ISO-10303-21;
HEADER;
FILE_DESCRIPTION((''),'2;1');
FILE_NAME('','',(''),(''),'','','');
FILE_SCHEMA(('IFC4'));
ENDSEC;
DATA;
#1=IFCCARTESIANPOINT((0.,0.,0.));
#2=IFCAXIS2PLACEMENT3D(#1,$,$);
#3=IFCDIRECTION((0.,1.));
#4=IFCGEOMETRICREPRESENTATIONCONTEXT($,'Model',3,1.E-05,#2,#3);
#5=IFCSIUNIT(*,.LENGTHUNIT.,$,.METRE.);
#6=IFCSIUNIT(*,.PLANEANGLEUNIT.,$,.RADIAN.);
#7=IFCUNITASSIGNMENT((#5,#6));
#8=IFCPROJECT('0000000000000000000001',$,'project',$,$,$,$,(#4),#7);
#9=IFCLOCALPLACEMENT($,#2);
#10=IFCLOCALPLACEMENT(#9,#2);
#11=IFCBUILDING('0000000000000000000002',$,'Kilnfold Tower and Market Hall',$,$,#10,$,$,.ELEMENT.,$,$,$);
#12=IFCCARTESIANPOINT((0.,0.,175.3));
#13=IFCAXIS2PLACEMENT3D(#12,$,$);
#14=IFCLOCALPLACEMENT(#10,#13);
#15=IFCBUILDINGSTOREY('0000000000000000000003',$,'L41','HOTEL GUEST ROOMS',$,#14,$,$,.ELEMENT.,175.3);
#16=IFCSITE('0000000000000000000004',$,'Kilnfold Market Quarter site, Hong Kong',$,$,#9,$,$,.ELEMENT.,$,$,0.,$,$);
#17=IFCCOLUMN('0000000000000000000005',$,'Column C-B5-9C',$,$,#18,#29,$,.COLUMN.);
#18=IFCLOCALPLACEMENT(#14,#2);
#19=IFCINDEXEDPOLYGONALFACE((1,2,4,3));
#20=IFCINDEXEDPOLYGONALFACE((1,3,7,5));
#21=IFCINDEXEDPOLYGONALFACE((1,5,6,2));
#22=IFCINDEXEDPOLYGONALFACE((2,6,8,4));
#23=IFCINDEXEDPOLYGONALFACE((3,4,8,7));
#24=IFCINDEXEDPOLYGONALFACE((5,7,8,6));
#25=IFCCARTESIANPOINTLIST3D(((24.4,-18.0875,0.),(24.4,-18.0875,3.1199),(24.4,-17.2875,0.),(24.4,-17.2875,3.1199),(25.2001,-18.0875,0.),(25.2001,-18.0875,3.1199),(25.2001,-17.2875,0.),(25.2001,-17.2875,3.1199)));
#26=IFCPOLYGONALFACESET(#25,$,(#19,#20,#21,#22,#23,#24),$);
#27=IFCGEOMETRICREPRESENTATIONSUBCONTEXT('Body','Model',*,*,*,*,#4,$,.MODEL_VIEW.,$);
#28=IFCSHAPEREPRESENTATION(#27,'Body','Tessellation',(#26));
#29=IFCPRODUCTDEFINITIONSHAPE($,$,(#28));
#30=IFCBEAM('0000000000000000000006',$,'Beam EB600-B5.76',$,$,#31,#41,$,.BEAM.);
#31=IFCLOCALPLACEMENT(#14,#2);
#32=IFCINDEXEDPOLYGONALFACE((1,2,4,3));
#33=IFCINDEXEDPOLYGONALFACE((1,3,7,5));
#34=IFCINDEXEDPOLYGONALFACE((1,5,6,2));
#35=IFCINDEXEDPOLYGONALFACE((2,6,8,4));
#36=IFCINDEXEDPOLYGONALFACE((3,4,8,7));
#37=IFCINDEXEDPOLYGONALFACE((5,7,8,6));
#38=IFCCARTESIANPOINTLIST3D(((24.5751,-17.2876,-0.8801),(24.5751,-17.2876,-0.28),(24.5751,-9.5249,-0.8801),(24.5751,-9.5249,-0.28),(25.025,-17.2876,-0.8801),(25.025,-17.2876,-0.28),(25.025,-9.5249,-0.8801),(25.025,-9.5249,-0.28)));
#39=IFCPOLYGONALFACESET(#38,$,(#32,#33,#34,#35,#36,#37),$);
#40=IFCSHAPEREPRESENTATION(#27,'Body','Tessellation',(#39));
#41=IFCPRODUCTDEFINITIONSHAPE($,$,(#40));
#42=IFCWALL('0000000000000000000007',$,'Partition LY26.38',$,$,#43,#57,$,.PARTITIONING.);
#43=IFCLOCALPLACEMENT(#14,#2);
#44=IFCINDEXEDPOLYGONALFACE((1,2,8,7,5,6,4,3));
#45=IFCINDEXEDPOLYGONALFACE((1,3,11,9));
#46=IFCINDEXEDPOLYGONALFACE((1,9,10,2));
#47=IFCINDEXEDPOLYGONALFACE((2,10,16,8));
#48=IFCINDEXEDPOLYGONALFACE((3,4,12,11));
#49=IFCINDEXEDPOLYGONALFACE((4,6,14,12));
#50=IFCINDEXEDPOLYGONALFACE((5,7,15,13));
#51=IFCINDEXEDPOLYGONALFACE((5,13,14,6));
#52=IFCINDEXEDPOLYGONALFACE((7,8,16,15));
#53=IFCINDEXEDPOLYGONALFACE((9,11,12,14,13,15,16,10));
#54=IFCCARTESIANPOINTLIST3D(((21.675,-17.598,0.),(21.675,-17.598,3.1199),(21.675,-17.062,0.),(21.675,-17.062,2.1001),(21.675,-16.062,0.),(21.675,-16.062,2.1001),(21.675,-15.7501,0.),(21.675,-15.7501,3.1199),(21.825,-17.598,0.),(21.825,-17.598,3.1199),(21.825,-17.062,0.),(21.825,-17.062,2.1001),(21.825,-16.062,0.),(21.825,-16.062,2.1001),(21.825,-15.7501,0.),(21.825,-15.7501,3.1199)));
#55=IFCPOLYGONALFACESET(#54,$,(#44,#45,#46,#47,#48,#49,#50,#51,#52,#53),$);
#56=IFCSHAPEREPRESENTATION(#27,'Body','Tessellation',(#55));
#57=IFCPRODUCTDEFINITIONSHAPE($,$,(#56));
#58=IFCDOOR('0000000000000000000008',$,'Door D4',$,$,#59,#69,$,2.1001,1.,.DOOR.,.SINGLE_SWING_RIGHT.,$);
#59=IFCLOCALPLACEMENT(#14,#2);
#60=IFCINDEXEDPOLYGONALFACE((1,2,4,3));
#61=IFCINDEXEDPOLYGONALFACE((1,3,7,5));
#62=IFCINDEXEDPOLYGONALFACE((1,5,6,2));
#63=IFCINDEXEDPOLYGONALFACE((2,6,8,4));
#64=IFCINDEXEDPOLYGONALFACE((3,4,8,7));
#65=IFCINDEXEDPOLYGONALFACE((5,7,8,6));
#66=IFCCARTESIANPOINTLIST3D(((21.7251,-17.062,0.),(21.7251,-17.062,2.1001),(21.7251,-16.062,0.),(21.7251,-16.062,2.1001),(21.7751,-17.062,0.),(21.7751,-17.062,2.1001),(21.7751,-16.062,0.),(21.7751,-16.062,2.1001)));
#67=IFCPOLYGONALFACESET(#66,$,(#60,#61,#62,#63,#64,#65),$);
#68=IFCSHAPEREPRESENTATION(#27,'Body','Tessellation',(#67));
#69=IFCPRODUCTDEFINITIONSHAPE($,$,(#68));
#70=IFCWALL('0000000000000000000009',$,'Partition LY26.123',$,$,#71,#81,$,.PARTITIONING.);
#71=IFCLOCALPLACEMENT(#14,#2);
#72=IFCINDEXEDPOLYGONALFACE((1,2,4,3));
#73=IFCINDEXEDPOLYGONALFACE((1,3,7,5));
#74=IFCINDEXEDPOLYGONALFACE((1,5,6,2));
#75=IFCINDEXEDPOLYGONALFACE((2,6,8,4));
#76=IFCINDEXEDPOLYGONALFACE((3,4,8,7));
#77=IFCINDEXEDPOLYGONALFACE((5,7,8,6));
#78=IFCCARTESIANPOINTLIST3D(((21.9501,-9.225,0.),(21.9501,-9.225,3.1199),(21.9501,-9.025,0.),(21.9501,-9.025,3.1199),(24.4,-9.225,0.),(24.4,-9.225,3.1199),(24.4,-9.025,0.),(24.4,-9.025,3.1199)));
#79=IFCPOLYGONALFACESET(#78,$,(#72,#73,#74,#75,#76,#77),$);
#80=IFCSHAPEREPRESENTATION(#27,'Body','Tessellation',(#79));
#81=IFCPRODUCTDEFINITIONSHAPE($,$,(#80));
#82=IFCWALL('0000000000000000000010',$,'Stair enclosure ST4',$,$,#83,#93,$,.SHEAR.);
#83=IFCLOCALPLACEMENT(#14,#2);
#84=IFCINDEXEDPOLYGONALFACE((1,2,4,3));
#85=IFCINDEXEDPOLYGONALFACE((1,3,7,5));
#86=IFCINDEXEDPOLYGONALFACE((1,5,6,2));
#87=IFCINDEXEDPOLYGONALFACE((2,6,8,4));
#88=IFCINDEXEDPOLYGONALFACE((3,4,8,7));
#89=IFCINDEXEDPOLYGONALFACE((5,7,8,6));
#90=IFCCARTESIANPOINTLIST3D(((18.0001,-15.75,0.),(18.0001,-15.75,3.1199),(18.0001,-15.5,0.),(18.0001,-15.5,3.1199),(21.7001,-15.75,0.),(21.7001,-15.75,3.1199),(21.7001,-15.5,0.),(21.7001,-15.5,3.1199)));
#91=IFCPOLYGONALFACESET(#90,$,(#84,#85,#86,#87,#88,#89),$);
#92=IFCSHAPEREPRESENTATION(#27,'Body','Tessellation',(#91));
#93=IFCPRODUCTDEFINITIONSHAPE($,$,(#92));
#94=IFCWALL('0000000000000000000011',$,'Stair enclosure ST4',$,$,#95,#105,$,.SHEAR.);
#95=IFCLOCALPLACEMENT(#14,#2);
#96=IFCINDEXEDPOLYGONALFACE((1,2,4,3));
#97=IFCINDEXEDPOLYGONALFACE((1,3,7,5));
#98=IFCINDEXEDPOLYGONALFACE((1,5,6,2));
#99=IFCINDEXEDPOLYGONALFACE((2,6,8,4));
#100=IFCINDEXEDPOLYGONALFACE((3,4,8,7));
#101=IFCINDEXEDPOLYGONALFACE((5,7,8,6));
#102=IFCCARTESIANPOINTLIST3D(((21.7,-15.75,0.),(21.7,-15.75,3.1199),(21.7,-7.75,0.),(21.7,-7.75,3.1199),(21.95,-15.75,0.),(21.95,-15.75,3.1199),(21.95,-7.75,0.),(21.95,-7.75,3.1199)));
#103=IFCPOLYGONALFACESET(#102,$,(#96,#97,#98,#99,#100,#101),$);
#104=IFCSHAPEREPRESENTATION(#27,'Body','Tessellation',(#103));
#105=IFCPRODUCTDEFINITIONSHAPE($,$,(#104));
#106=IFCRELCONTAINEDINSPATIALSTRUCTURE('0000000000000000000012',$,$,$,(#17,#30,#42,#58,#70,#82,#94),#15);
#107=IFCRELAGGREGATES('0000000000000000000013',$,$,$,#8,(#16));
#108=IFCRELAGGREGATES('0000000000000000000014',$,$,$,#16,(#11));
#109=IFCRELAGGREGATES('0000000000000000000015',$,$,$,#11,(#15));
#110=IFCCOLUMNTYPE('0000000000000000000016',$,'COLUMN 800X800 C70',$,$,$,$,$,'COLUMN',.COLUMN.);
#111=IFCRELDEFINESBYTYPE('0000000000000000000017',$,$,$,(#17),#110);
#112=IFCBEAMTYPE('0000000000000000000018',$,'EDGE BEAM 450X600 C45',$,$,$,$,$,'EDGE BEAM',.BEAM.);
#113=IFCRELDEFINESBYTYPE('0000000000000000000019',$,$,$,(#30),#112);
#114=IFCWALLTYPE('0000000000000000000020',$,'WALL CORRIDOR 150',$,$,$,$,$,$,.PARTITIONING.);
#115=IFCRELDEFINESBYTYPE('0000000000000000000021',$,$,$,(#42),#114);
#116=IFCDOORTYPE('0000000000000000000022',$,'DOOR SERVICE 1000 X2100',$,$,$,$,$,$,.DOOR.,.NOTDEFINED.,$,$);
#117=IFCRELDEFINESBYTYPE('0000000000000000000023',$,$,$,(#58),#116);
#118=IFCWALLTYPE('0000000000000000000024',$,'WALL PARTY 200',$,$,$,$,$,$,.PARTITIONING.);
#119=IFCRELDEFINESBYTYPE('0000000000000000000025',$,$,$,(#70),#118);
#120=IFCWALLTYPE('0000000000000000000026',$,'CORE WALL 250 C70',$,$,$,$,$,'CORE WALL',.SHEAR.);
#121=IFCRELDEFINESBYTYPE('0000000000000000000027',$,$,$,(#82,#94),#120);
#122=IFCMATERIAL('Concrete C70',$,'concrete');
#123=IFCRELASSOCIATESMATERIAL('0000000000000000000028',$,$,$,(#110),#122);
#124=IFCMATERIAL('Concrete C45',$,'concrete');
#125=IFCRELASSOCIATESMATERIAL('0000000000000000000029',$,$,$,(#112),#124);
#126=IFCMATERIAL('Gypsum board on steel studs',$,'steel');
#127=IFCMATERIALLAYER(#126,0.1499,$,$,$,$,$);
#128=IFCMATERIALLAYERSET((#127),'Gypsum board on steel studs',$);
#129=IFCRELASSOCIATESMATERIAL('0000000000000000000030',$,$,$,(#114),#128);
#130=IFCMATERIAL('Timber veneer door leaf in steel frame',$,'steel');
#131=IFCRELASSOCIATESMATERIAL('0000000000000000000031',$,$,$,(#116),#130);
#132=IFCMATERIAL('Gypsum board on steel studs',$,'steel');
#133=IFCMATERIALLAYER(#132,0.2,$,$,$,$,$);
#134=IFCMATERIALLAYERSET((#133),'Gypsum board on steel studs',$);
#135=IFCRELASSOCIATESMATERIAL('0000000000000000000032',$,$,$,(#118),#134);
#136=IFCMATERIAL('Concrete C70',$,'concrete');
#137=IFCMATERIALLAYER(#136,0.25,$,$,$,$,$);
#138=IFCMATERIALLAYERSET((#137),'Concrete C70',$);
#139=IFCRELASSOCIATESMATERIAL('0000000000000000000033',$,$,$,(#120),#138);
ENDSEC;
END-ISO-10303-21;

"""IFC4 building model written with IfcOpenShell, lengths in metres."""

from ifc_helpers import new_model, si_unit, direction, frame, frame_2d, origin, origin_2d, place, context, subcontext, project, spatial, rectangle, extrude, source, transform, mapped, material, layer, layer_set, material_profile, profile_set, type_object, element, fill, save


model = new_model("IFC4")

# Units and contexts
model_context = context("Model", 3, precision=1e-05, world=origin(), true_north=direction((0.0, 1.0)))
body_context = subcontext(model_context, "Body", "Model", "MODEL_VIEW")
ifc_project = project(units=[si_unit("LENGTHUNIT", "METRE"), si_unit("PLANEANGLEUNIT", "RADIAN")], contexts=[model_context])

# Site, building, storey
site_placement = place(None, origin())
site = spatial("IfcSite", under=ifc_project, at=site_placement, Name="Kilnfold Market Quarter site, Hong Kong", CompositionType="ELEMENT", RefElevation=0.0)
building_placement = place(site_placement, origin())
building = spatial("IfcBuilding", under=site, at=building_placement, Name="Kilnfold Tower and Market Hall", CompositionType="ELEMENT")
storey_placement = place(building_placement, frame((0.0, 0.0, 175.3)))
storey = spatial("IfcBuildingStorey", under=building, at=storey_placement, Name="L41", Description="HOTEL GUEST ROOMS", CompositionType="ELEMENT", Elevation=175.3)

# Column
ifc_material_1 = material(Name="Concrete C70", Category="concrete")
ifc_material_profile_1 = material_profile(ifc_material_1, rectangle(XDim=0.8, YDim=0.8, at=origin_2d()), Name="RC 800x800")
ifc_profile_set_1 = profile_set([ifc_material_profile_1], Name="Concrete C70")
column_type = type_object("IfcColumnType", Name="COLUMN 800X800 C70", ElementType="COLUMN", PredefinedType="COLUMN", material=ifc_profile_set_1)
shared_shape_1 = source(origin(), body_context, "Body", "SweptSolid", [
    extrude(rectangle(XDim=0.8, YDim=0.8, at=origin_2d()), origin(), (0.0, 0.0, 1.0), 3.1199),
])
column_placement = place(storey_placement, frame((24.8, -17.6875, 0.0), z_axis=(0.0, 0.0, 1.0), x_axis=(1.0, 0.0, 0.0)))
element("IfcColumn", 1, at=column_placement, inside=storey, type_object=column_type, Name="Column C-B5-9C", PredefinedType="COLUMN", context=body_context, shape_type="MappedRepresentation", body=[
    mapped(shared_shape_1, transform((0.0, 0.0, 0.0))),
])

# Beam
ifc_material_2 = material(Name="Concrete C45", Category="concrete")
ifc_material_profile_2 = material_profile(ifc_material_2, rectangle(XDim=0.45, YDim=0.6001, at=origin_2d()), Name="RC 450x600")
ifc_profile_set_2 = profile_set([ifc_material_profile_2], Name="Concrete C45")
beam_type = type_object("IfcBeamType", Name="EDGE BEAM 450X600 C45", ElementType="EDGE BEAM", PredefinedType="BEAM", material=ifc_profile_set_2)
shared_shape_2 = source(origin(), body_context, "Body", "SweptSolid", [
    extrude(rectangle(XDim=0.45, YDim=0.6001, at=origin_2d()), origin(), (0.0, 0.0, 1.0), 7.7627),
])
beam_placement = place(storey_placement, frame((24.8, -17.2876, -0.5801), z_axis=(0.0, 1.0, 0.0), x_axis=(-1.0, 0.0, 0.0)))
element("IfcBeam", 2, at=beam_placement, inside=storey, type_object=beam_type, Name="Beam EB600-B5.76", PredefinedType="BEAM", context=body_context, shape_type="MappedRepresentation", body=[
    mapped(shared_shape_2, transform((0.0, 0.0, 0.0))),
])

# Wall, opening, door
ifc_material_3 = material(Name="Gypsum board on steel studs", Category="steel")
ifc_layer_1 = layer(ifc_material_3, 0.1499)
ifc_layer_set_1 = layer_set([ifc_layer_1], Name="Gypsum board on steel studs")
wall_type_1 = type_object("IfcWallType", Name="WALL CORRIDOR 150", PredefinedType="PARTITIONING", material=ifc_layer_set_1)
wall_1_placement = place(storey_placement, frame((21.75, -17.5979, 0.0), z_axis=(0.0, 0.0, 1.0), x_axis=(0.0, 1.0, 0.0)))
wall_1 = element("IfcWall", 3, at=wall_1_placement, inside=storey, type_object=wall_type_1, Name="Partition LY26.38", PredefinedType="PARTITIONING", context=body_context, shape_type="SweptSolid", body=[
    extrude(rectangle(XDim=1.8479, YDim=0.1499, at=frame_2d((0.9238, 0.0))), origin(), (0.0, 0.0, 1.0), 3.1199),
])
opening_1_placement = place(wall_1_placement, frame((0.5359, 0.0, 0.0)))
opening_1 = element("IfcOpeningElement", 4, at=opening_1_placement, cuts=wall_1, PredefinedType="OPENING", context=body_context, shape_type="SweptSolid", body=[
    extrude(rectangle(XDim=1.0, YDim=2.1001, at=frame_2d((0.5, 1.05))), frame((0.0, 0.085, 0.0), z_axis=(0.0, -1.0, 0.0), x_axis=(1.0, 0.0, 0.0)), (0.0, 0.0, 1.0), 0.1699),
])
ifc_material_4 = material(Name="Timber veneer door leaf in steel frame", Category="steel")
door_type_1 = type_object("IfcDoorType", Name="DOOR SERVICE 1000 X2100", OperationType="NOTDEFINED", PredefinedType="DOOR", material=ifc_material_4)
door_1_placement = place(opening_1_placement, origin())
door_1 = element("IfcDoor", 5, at=door_1_placement, inside=storey, type_object=door_type_1, Name="Door D4", OperationType="SINGLE_SWING_RIGHT", OverallHeight=2.1001, OverallWidth=1.0, PredefinedType="DOOR", context=body_context, shape_type="SweptSolid", body=[
    extrude(rectangle(XDim=1.0, YDim=2.1001, at=frame_2d((0.5, 1.05))), frame((0.0, 0.0249, 0.0), z_axis=(0.0, -1.0, 0.0), x_axis=(1.0, 0.0, 0.0)), (0.0, 0.0, 1.0), 0.05),
])
fill(opening_1, door_1)

# Walls
ifc_material_5 = material(Name="Gypsum board on steel studs", Category="steel")
ifc_layer_2 = layer(ifc_material_5, 0.2)
ifc_layer_set_2 = layer_set([ifc_layer_2], Name="Gypsum board on steel studs")
wall_type_2 = type_object("IfcWallType", Name="WALL PARTY 200", PredefinedType="PARTITIONING", material=ifc_layer_set_2)
wall_2_placement = place(storey_placement, frame((21.95, -9.125, 0.0), z_axis=(0.0, 0.0, 1.0), x_axis=(1.0, 0.0, 0.0)))
element("IfcWall", 6, at=wall_2_placement, inside=storey, type_object=wall_type_2, Name="Partition LY26.123", PredefinedType="PARTITIONING", context=body_context, shape_type="SweptSolid", body=[
    extrude(rectangle(XDim=2.45, YDim=0.2, at=frame_2d((1.2251, 0.0))), origin(), (0.0, 0.0, 1.0), 3.1199),
])
ifc_material_6 = material(Name="Concrete C70", Category="concrete")
ifc_layer_3 = layer(ifc_material_6, 0.25)
ifc_layer_set_3 = layer_set([ifc_layer_3], Name="Concrete C70")
wall_type_3 = type_object("IfcWallType", Name="CORE WALL 250 C70", ElementType="CORE WALL", PredefinedType="SHEAR", material=ifc_layer_set_3)
shared_shape_3 = source(origin(), body_context, "Body", "SweptSolid", [
    extrude(rectangle(XDim=3.7, YDim=0.25, at=frame_2d((1.8501, 0.0))), origin(), (0.0, 0.0, 1.0), 3.1199),
])
wall_3_placement = place(storey_placement, frame((18.0, -15.625, 0.0), z_axis=(0.0, 0.0, 1.0), x_axis=(1.0, 0.0, 0.0)))
element("IfcWall", 7, at=wall_3_placement, inside=storey, type_object=wall_type_3, Name="Stair enclosure ST4", PredefinedType="SHEAR", context=body_context, shape_type="MappedRepresentation", body=[
    mapped(shared_shape_3, transform((0.0, 0.0, 0.0))),
])
shared_shape_4 = source(origin(), body_context, "Body", "SweptSolid", [
    extrude(rectangle(XDim=8.0, YDim=0.25, at=frame_2d((4.0, 0.0))), origin(), (0.0, 0.0, 1.0), 3.1199),
])
wall_4_placement = place(storey_placement, frame((21.825, -15.75, 0.0), z_axis=(0.0, 0.0, 1.0), x_axis=(0.0, 1.0, 0.0)))
element("IfcWall", 8, at=wall_4_placement, inside=storey, type_object=wall_type_3, Name="Stair enclosure ST4", PredefinedType="SHEAR", context=body_context, shape_type="MappedRepresentation", body=[
    mapped(shared_shape_4, transform((0.0, 0.0, 0.0))),
])

save(model, "model.ifc")
